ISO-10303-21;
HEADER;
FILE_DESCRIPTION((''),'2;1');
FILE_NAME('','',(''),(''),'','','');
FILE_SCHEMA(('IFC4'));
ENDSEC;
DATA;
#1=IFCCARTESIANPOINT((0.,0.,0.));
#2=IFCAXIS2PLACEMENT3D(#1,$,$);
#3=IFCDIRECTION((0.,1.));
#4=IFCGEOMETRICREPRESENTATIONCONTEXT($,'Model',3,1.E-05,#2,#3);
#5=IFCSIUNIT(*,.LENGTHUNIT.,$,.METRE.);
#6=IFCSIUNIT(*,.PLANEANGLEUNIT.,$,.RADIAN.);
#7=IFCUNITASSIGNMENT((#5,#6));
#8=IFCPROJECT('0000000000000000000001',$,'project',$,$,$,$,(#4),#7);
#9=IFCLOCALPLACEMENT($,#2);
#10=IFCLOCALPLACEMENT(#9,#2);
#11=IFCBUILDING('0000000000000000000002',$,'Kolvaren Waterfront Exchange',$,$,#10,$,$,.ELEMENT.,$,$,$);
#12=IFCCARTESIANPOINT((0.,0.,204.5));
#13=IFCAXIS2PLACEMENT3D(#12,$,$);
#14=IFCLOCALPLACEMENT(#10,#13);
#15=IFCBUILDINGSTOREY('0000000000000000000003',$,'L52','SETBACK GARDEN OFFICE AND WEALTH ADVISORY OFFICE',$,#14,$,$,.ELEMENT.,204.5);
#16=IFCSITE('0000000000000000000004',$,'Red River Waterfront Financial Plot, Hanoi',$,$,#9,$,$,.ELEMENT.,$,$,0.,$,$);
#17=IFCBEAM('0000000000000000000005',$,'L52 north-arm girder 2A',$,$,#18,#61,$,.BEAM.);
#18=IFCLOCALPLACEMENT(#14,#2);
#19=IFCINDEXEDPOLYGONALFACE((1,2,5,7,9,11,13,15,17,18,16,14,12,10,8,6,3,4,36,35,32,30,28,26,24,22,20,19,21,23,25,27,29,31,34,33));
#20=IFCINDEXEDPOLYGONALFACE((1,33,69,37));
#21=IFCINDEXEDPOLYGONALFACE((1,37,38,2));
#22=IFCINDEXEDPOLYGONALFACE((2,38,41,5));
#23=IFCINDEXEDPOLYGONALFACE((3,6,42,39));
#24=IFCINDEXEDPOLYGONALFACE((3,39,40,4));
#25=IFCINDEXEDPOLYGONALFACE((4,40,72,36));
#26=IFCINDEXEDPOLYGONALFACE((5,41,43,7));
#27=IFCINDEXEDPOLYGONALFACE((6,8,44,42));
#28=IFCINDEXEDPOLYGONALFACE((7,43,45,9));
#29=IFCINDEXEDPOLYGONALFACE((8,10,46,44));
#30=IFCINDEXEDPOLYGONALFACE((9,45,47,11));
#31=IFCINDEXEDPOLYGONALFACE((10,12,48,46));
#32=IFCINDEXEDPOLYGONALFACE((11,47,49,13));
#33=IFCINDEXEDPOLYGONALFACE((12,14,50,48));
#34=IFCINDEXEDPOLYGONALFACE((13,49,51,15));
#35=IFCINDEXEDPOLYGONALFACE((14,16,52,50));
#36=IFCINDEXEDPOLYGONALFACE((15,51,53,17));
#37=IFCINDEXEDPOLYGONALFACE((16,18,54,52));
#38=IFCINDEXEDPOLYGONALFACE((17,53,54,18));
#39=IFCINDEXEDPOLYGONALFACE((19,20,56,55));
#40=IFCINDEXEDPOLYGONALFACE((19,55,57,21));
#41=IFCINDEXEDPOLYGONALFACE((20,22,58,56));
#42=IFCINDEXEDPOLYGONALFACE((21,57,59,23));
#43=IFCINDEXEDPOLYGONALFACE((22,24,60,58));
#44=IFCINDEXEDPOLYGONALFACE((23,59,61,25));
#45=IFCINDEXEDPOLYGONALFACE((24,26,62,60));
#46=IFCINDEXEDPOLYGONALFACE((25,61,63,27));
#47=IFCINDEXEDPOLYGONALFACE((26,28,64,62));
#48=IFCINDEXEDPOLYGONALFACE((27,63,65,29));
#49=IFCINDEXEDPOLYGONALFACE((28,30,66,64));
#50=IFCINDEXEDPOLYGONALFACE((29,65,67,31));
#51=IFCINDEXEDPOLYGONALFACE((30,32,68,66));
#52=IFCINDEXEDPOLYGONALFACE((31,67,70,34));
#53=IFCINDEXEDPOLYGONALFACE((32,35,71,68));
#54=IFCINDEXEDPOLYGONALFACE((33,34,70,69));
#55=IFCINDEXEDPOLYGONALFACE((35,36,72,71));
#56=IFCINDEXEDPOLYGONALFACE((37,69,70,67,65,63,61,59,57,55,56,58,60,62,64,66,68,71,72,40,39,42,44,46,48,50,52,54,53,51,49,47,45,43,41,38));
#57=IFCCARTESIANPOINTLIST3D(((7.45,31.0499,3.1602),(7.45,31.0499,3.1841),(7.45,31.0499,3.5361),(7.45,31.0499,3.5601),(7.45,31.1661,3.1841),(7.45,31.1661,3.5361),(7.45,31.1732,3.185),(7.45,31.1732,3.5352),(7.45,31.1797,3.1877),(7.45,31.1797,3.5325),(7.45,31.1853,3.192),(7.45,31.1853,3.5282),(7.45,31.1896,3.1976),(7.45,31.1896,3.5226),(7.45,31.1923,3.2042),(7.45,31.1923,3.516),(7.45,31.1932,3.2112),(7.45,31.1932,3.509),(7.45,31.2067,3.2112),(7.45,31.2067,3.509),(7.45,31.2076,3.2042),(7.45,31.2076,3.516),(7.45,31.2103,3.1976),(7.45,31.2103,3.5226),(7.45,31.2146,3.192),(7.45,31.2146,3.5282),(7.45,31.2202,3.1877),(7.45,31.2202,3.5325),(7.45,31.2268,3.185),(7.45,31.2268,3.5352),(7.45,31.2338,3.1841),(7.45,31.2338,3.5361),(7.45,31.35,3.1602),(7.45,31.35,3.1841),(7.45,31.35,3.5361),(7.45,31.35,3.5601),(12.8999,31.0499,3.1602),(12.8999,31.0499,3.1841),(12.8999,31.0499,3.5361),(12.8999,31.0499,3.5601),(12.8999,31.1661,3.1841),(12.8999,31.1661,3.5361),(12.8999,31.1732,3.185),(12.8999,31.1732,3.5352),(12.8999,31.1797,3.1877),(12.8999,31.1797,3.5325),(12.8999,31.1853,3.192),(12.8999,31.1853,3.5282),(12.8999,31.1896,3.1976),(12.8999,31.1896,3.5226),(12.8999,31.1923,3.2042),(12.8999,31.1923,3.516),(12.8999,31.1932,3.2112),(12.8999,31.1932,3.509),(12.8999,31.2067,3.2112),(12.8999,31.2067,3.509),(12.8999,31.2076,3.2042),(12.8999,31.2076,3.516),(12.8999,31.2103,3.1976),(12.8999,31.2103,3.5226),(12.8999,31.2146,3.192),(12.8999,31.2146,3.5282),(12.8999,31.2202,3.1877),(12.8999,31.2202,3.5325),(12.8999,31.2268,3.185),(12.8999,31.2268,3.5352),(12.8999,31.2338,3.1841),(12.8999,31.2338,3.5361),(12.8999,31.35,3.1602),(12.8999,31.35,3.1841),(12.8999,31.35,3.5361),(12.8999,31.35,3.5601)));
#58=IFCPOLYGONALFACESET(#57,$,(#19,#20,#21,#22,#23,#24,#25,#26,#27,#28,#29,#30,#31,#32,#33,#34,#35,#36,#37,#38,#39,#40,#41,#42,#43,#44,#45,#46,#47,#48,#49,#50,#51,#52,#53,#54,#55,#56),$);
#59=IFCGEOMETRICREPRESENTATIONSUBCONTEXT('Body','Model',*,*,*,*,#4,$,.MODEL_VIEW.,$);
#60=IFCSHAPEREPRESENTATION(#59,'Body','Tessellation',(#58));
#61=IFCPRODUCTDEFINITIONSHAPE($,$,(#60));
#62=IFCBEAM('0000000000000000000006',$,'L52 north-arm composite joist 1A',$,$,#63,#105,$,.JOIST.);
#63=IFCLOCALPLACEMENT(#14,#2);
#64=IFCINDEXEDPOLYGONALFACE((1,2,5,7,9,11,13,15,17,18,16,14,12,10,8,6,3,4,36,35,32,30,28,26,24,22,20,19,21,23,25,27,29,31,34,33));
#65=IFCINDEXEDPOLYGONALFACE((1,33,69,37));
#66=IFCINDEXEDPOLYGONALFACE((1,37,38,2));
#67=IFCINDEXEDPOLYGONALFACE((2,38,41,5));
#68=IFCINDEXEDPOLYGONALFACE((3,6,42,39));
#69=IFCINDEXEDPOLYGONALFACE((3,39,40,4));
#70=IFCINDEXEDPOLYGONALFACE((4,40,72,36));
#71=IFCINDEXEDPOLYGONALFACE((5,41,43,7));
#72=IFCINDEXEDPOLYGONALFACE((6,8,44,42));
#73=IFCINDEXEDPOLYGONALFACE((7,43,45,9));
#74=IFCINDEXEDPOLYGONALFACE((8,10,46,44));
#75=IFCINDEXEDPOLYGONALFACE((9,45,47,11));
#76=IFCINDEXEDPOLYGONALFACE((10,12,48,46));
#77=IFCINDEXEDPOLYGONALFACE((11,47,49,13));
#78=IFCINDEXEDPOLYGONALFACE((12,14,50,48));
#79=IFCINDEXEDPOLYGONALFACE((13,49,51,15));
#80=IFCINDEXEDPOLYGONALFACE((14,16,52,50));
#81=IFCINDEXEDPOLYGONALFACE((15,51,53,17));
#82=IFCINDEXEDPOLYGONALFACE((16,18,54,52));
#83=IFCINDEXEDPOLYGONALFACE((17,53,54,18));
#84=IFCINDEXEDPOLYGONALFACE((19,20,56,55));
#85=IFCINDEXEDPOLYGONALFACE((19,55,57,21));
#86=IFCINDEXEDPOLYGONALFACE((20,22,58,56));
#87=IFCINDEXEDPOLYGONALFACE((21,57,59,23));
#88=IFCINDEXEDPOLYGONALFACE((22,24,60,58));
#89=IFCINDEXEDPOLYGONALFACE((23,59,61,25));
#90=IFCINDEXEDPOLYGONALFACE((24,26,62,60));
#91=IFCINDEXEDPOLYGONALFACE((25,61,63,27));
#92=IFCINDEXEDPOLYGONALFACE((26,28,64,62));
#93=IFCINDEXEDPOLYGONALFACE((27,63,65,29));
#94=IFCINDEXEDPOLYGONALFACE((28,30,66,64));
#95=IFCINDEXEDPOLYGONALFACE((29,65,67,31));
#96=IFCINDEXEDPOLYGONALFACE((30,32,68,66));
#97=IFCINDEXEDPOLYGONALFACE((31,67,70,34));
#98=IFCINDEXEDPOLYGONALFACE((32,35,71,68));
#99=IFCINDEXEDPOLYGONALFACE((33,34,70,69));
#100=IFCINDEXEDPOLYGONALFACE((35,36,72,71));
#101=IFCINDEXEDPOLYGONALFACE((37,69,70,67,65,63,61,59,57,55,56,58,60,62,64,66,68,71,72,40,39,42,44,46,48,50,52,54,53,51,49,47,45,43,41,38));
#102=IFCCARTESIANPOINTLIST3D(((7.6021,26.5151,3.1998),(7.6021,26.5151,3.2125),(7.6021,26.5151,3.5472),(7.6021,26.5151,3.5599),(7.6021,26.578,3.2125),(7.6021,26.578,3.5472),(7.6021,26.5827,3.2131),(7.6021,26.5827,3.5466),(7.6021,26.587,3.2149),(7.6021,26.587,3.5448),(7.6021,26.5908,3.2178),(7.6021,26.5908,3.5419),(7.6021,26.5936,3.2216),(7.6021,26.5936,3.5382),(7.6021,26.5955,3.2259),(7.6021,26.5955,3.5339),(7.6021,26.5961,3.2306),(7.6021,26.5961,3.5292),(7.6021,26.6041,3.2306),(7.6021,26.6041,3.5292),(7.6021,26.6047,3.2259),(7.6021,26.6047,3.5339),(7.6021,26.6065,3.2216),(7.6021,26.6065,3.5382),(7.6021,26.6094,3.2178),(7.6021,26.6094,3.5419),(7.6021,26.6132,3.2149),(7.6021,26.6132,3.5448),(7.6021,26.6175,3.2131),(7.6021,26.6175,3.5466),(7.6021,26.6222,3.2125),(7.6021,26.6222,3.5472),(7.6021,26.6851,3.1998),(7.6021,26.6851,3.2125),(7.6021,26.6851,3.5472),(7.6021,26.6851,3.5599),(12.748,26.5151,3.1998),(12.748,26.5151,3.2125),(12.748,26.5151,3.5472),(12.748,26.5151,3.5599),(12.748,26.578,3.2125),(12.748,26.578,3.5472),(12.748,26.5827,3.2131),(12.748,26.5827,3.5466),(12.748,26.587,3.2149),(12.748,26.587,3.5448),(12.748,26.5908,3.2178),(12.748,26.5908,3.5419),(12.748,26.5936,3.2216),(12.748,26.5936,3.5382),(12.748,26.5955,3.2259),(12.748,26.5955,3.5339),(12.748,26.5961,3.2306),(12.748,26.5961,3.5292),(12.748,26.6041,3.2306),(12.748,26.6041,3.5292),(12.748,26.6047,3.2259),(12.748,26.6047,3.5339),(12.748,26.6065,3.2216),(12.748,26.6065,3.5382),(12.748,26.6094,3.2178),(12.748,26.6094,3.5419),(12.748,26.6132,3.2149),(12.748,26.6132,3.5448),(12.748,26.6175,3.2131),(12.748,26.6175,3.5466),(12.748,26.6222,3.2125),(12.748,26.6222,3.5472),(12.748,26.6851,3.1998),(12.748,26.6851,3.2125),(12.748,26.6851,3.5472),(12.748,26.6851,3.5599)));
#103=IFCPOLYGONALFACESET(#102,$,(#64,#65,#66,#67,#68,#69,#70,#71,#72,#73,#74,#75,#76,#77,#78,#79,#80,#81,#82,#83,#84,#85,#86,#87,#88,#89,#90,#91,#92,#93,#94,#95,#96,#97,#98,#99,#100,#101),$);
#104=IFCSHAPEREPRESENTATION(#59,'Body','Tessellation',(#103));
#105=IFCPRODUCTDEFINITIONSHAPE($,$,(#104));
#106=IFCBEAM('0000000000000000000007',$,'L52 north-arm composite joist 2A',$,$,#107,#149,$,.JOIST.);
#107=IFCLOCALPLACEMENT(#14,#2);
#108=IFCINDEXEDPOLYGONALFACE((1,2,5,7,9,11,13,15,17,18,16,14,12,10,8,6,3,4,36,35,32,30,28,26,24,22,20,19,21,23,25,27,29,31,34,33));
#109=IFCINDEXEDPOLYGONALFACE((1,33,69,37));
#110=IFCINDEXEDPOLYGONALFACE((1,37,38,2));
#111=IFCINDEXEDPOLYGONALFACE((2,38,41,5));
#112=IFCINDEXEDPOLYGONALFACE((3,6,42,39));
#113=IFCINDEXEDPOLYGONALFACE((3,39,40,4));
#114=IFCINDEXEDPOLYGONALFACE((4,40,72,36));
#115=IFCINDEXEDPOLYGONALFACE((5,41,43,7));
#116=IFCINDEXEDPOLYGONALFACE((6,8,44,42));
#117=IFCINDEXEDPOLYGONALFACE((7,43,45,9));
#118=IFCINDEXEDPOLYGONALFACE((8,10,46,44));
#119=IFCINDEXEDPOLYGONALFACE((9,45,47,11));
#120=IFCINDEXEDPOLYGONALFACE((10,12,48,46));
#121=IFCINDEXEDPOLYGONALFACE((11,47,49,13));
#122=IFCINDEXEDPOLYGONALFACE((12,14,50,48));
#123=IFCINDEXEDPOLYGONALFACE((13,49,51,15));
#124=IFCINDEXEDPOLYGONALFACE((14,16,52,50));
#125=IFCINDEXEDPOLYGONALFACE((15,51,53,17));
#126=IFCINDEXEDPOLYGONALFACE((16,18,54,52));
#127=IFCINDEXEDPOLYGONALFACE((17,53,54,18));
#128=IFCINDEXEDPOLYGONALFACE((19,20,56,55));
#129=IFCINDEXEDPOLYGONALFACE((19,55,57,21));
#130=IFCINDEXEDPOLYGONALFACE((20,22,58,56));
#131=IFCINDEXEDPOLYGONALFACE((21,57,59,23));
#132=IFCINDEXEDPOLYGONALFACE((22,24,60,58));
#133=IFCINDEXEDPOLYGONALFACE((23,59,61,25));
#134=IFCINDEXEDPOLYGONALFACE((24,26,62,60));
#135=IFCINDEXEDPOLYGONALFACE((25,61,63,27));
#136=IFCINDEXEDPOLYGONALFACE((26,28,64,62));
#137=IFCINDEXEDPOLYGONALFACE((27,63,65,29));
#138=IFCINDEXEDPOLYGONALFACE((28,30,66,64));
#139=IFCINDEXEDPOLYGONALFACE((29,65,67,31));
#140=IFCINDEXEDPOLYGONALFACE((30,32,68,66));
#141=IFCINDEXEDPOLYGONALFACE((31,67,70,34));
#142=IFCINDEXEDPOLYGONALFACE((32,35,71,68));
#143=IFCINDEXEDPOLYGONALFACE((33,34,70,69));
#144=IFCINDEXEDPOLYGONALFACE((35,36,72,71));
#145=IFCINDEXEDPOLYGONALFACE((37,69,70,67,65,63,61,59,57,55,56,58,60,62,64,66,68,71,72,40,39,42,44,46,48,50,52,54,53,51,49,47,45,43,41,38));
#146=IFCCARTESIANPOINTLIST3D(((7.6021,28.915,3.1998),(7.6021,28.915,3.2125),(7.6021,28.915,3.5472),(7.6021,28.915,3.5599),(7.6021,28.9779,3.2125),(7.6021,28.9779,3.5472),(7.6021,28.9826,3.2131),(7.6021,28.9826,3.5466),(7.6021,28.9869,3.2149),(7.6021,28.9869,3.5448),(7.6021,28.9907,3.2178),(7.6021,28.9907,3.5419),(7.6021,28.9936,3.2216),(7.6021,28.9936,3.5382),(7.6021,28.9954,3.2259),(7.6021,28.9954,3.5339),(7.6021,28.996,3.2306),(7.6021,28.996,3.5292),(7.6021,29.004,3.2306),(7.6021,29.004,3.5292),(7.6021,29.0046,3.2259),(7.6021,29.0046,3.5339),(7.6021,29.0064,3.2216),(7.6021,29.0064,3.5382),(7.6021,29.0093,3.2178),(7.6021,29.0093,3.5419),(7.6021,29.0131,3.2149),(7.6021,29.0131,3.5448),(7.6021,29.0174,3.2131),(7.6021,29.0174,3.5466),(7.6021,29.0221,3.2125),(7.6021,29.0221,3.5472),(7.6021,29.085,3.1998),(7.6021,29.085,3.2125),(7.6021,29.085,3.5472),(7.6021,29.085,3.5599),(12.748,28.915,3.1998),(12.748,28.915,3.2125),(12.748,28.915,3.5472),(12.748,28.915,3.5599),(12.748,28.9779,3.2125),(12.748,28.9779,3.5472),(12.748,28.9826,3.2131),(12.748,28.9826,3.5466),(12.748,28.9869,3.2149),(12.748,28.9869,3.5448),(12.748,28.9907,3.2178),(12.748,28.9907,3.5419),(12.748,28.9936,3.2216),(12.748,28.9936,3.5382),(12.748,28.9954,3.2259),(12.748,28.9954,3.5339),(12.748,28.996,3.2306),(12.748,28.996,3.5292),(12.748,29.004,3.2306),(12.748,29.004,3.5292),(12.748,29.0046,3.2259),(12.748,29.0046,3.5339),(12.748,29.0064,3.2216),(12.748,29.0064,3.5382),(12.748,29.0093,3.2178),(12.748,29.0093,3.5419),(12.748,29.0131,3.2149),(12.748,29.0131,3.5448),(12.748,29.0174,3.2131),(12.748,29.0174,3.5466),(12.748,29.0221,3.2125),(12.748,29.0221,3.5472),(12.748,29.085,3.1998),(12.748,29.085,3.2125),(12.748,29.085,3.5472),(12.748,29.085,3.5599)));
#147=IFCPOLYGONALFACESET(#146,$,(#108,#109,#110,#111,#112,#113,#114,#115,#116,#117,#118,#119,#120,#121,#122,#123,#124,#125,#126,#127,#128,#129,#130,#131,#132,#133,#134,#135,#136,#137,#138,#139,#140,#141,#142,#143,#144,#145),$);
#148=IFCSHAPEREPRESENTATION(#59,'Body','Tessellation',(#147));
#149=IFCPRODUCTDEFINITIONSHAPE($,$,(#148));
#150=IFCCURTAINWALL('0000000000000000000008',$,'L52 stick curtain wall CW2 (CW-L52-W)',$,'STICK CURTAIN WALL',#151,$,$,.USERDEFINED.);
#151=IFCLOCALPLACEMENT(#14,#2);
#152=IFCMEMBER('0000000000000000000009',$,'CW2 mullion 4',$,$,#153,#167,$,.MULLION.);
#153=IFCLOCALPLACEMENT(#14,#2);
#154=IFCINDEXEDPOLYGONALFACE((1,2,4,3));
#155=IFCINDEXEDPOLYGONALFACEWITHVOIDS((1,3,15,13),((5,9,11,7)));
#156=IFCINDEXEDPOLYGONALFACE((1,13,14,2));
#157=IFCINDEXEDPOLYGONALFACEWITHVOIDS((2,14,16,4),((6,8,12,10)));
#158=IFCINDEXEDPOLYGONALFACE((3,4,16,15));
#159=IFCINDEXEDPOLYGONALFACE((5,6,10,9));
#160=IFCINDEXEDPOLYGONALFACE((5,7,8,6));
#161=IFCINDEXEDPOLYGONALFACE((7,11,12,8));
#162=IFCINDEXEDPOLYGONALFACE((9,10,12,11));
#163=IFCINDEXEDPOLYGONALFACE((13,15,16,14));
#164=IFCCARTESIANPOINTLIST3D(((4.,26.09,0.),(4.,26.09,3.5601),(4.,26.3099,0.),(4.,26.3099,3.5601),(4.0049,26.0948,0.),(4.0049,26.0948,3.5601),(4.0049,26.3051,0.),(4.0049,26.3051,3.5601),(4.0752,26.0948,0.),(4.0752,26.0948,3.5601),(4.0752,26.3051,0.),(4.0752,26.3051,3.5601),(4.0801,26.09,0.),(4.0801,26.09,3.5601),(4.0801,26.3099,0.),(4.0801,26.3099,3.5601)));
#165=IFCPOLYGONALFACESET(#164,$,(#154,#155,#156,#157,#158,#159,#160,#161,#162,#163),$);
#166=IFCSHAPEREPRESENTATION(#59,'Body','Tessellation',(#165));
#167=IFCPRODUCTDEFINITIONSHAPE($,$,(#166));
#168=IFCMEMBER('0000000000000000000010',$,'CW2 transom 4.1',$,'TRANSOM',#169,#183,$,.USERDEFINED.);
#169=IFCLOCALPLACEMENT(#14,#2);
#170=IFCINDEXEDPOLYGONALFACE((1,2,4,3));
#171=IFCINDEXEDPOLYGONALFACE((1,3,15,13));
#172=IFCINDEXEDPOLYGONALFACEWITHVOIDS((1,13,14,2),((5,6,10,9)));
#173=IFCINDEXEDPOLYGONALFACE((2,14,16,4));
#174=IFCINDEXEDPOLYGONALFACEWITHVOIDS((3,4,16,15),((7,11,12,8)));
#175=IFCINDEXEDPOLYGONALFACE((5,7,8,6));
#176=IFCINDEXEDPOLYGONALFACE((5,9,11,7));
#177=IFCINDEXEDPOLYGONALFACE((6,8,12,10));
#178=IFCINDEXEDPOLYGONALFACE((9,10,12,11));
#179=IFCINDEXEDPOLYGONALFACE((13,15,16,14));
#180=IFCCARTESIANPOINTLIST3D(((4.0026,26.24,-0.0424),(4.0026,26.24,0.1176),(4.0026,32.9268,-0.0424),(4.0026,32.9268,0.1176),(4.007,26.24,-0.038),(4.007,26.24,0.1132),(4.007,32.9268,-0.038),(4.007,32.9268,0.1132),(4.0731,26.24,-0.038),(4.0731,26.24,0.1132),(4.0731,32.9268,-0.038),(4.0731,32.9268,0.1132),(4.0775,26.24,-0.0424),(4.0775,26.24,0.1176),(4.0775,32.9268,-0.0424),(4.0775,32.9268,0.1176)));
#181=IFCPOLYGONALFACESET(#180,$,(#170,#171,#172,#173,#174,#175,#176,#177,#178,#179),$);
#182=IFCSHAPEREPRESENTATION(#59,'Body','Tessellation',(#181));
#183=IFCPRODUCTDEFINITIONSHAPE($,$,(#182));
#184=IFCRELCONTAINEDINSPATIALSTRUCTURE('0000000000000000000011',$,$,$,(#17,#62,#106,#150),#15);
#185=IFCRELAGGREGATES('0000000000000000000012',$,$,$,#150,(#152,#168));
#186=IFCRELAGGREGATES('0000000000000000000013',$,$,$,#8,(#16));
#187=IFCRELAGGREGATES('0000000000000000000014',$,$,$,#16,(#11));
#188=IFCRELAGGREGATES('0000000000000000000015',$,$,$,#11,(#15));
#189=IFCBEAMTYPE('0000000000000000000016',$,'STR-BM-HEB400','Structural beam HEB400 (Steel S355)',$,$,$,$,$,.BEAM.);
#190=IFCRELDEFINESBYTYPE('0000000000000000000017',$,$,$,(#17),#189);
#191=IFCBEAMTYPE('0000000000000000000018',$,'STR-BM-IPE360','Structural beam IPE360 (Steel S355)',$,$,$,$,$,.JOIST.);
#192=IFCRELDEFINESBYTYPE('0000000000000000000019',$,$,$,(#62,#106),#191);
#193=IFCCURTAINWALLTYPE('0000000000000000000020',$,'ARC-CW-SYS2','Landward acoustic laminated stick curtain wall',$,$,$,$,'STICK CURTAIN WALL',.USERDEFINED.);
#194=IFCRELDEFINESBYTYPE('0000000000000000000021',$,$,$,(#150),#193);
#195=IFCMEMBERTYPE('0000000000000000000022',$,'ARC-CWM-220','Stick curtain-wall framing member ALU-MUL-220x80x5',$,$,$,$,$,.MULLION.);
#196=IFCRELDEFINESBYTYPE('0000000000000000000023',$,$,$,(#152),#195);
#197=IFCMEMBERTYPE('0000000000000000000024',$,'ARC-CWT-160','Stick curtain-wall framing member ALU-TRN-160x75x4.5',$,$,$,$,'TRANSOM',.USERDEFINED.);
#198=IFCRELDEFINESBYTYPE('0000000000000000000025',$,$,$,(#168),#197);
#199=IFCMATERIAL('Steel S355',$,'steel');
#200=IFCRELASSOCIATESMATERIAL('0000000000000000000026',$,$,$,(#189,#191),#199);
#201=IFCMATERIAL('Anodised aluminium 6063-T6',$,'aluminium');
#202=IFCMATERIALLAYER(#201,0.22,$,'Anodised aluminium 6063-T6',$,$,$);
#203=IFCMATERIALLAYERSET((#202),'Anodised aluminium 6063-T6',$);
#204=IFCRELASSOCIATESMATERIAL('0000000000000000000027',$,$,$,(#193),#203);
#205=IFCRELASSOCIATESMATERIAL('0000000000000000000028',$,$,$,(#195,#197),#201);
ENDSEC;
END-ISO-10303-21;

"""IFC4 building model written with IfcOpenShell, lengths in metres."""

from ifc_helpers import new_model, si_unit, direction, frame, origin, origin_with_axes, origin_2d, place, context, subcontext, project, spatial, hollow_rectangle, i_section, extrude, source, transform, mapped, material, layer, layer_set, material_profile, profile_set, type_object, element, aggregate, save


model = new_model("IFC4")

# Units and contexts
model_context = context("Model", 3, precision=1e-05, world=origin(), true_north=direction((0.0, 1.0)))
body_context = subcontext(model_context, "Body", "Model", "MODEL_VIEW")
ifc_project = project(units=[si_unit("LENGTHUNIT", "METRE"), si_unit("PLANEANGLEUNIT", "RADIAN")], contexts=[model_context])

# Site, building, storey
site_placement = place(None, origin())
site = spatial("IfcSite", under=ifc_project, at=site_placement, Name="Red River Waterfront Financial Plot, Hanoi", CompositionType="ELEMENT", RefElevation=0.0)
building_placement = place(site_placement, origin())
building = spatial("IfcBuilding", under=site, at=building_placement, Name="Kolvaren Waterfront Exchange", CompositionType="ELEMENT")
storey_placement = place(building_placement, frame((0.0, 0.0, 204.5)))
storey = spatial("IfcBuildingStorey", under=building, at=storey_placement, Name="L52", Description="SETBACK GARDEN OFFICE AND WEALTH ADVISORY OFFICE", CompositionType="ELEMENT", Elevation=204.5)

# Beams
ifc_material_1 = material(Name="Steel S355", Category="steel")
ifc_material_profile_1 = material_profile(ifc_material_1, i_section(OverallWidth=0.3, OverallDepth=0.3999, WebThickness=0.0134, FlangeThickness=0.0239, FilletRadius=0.0271, at=origin_2d()), Name="HEB400")
ifc_profile_set_1 = profile_set([ifc_material_profile_1], Name="Steel S355")
beam_type_1 = type_object("IfcBeamType", Name="STR-BM-HEB400", Description="Structural beam HEB400 (Steel S355)", PredefinedType="BEAM", material=ifc_profile_set_1)
for number, where, z_axis, x_axis, name in (
    (1, (7.45, 31.2, 3.3601), (1.0, 0.0, 0.0), (0.0, 1.0, 0.0), "L52 north-arm girder 2A"),
):
    element("IfcBeam", number, at=place(storey_placement, frame(where, z_axis=z_axis, x_axis=x_axis)), inside=storey, type_object=beam_type_1, Name=name, PredefinedType="BEAM", context=body_context, shape_type="SweptSolid", body=[
        extrude(i_section(OverallWidth=0.3, OverallDepth=0.3999, WebThickness=0.0134, FlangeThickness=0.0239, FilletRadius=0.0271, at=origin_2d()), origin(), (0.0, 0.0, 1.0), 5.45),
    ])
ifc_material_profile_2 = material_profile(ifc_material_1, i_section(OverallWidth=0.1699, OverallDepth=0.3601, WebThickness=0.0081, FlangeThickness=0.0127, FilletRadius=0.0181, at=origin_2d()), Name="IPE360")
ifc_profile_set_2 = profile_set([ifc_material_profile_2], Name="Steel S355")
beam_type_2 = type_object("IfcBeamType", Name="STR-BM-IPE360", Description="Structural beam IPE360 (Steel S355)", PredefinedType="JOIST", material=ifc_profile_set_2)
for number, where, z_axis, x_axis, name in (
    (2, (7.6021, 26.6001, 3.3799), (1.0, 0.0, 0.0), (0.0, 1.0, 0.0), "L52 north-arm composite joist 1A"),
    (3, (7.6021, 29.0, 3.3799), (1.0, 0.0, 0.0), (0.0, 1.0, 0.0), "L52 north-arm composite joist 2A"),
):
    element("IfcBeam", number, at=place(storey_placement, frame(where, z_axis=z_axis, x_axis=x_axis)), inside=storey, type_object=beam_type_2, Name=name, PredefinedType="JOIST", context=body_context, shape_type="SweptSolid", body=[
        extrude(i_section(OverallWidth=0.1699, OverallDepth=0.3601, WebThickness=0.0081, FlangeThickness=0.0127, FilletRadius=0.0181, at=origin_2d()), origin(), (0.0, 0.0, 1.0), 5.146),
    ])

# Curtain wall, members
ifc_material_2 = material(Name="Anodised aluminium 6063-T6", Category="aluminium")
ifc_layer_1 = layer(ifc_material_2, 0.22, Name="Anodised aluminium 6063-T6")
ifc_layer_set_1 = layer_set([ifc_layer_1], Name="Anodised aluminium 6063-T6")
curtain_wall_type = type_object("IfcCurtainWallType", Name="ARC-CW-SYS2", Description="Landward acoustic laminated stick curtain wall", ElementType="STICK CURTAIN WALL", PredefinedType="USERDEFINED", material=ifc_layer_set_1)
curtain_wall_placement = place(storey_placement, origin())
curtain_wall = element("IfcCurtainWall", 4, at=curtain_wall_placement, inside=storey, type_object=curtain_wall_type, Name="L52 stick curtain wall CW2 (CW-L52-W)", ObjectType="STICK CURTAIN WALL", PredefinedType="USERDEFINED")
ifc_material_profile_3 = material_profile(ifc_material_2, hollow_rectangle(XDim=0.0801, YDim=0.22, WallThickness=0.0049, at=origin_2d()), Name="ALU-MUL-220x80x5")
ifc_profile_set_3 = profile_set([ifc_material_profile_3], Name="Anodised aluminium 6063-T6")
member_type_1 = type_object("IfcMemberType", Name="ARC-CWM-220", Description="Stick curtain-wall framing member ALU-MUL-220x80x5", PredefinedType="MULLION", material=ifc_profile_set_3)
shared_shape_1 = source(origin_with_axes(), body_context, "Body", "SweptSolid", [
    extrude(hollow_rectangle(XDim=0.0801, YDim=0.22, WallThickness=0.0049, at=origin_2d()), origin(), (0.0, 0.0, 1.0), 3.5601),
])
member_1_placement = place(storey_placement, frame((4.04, 26.2, 0.0), z_axis=(0.0, 0.0, 1.0), x_axis=(-1.0, 0.0, 0.0)))
member_1 = element("IfcMember", 5, at=member_1_placement, type_object=member_type_1, Name="CW2 mullion 4", PredefinedType="MULLION", context=body_context, shape_type="MappedRepresentation", body=[
    mapped(shared_shape_1, transform((0.0, 0.0, 0.0), x_axis=(1.0, 0.0, 0.0), y_axis=(0.0, 1.0, 0.0), z_axis=(0.0, 0.0, 1.0), scale=1.0)),
])
ifc_material_profile_4 = material_profile(ifc_material_2, hollow_rectangle(XDim=0.075, YDim=0.1599, WallThickness=0.0044, at=origin_2d()), Name="ALU-TRN-160x75x4.5")
ifc_profile_set_4 = profile_set([ifc_material_profile_4], Name="Anodised aluminium 6063-T6")
member_type_2 = type_object("IfcMemberType", Name="ARC-CWT-160", Description="Stick curtain-wall framing member ALU-TRN-160x75x4.5", ElementType="TRANSOM", PredefinedType="USERDEFINED", material=ifc_profile_set_4)
shared_shape_2 = source(origin_with_axes(), body_context, "Body", "SweptSolid", [
    extrude(hollow_rectangle(XDim=0.075, YDim=0.1599, WallThickness=0.0044, at=origin_2d()), origin(), (0.0, 0.0, 1.0), 6.6868),
])
member_2_placement = place(storey_placement, frame((4.04, 26.24, 0.0376), z_axis=(0.0, 1.0, 0.0), x_axis=(-1.0, 0.0, 0.0)))
member_2 = element("IfcMember", 6, at=member_2_placement, type_object=member_type_2, Name="CW2 transom 4.1", ObjectType="TRANSOM", PredefinedType="USERDEFINED", context=body_context, shape_type="MappedRepresentation", body=[
    mapped(shared_shape_2, transform((0.0, 0.0, 0.0), x_axis=(1.0, 0.0, 0.0), y_axis=(0.0, 1.0, 0.0), z_axis=(0.0, 0.0, 1.0), scale=1.0)),
])
aggregate(curtain_wall, [member_1, member_2])

save(model, "model.ifc")
